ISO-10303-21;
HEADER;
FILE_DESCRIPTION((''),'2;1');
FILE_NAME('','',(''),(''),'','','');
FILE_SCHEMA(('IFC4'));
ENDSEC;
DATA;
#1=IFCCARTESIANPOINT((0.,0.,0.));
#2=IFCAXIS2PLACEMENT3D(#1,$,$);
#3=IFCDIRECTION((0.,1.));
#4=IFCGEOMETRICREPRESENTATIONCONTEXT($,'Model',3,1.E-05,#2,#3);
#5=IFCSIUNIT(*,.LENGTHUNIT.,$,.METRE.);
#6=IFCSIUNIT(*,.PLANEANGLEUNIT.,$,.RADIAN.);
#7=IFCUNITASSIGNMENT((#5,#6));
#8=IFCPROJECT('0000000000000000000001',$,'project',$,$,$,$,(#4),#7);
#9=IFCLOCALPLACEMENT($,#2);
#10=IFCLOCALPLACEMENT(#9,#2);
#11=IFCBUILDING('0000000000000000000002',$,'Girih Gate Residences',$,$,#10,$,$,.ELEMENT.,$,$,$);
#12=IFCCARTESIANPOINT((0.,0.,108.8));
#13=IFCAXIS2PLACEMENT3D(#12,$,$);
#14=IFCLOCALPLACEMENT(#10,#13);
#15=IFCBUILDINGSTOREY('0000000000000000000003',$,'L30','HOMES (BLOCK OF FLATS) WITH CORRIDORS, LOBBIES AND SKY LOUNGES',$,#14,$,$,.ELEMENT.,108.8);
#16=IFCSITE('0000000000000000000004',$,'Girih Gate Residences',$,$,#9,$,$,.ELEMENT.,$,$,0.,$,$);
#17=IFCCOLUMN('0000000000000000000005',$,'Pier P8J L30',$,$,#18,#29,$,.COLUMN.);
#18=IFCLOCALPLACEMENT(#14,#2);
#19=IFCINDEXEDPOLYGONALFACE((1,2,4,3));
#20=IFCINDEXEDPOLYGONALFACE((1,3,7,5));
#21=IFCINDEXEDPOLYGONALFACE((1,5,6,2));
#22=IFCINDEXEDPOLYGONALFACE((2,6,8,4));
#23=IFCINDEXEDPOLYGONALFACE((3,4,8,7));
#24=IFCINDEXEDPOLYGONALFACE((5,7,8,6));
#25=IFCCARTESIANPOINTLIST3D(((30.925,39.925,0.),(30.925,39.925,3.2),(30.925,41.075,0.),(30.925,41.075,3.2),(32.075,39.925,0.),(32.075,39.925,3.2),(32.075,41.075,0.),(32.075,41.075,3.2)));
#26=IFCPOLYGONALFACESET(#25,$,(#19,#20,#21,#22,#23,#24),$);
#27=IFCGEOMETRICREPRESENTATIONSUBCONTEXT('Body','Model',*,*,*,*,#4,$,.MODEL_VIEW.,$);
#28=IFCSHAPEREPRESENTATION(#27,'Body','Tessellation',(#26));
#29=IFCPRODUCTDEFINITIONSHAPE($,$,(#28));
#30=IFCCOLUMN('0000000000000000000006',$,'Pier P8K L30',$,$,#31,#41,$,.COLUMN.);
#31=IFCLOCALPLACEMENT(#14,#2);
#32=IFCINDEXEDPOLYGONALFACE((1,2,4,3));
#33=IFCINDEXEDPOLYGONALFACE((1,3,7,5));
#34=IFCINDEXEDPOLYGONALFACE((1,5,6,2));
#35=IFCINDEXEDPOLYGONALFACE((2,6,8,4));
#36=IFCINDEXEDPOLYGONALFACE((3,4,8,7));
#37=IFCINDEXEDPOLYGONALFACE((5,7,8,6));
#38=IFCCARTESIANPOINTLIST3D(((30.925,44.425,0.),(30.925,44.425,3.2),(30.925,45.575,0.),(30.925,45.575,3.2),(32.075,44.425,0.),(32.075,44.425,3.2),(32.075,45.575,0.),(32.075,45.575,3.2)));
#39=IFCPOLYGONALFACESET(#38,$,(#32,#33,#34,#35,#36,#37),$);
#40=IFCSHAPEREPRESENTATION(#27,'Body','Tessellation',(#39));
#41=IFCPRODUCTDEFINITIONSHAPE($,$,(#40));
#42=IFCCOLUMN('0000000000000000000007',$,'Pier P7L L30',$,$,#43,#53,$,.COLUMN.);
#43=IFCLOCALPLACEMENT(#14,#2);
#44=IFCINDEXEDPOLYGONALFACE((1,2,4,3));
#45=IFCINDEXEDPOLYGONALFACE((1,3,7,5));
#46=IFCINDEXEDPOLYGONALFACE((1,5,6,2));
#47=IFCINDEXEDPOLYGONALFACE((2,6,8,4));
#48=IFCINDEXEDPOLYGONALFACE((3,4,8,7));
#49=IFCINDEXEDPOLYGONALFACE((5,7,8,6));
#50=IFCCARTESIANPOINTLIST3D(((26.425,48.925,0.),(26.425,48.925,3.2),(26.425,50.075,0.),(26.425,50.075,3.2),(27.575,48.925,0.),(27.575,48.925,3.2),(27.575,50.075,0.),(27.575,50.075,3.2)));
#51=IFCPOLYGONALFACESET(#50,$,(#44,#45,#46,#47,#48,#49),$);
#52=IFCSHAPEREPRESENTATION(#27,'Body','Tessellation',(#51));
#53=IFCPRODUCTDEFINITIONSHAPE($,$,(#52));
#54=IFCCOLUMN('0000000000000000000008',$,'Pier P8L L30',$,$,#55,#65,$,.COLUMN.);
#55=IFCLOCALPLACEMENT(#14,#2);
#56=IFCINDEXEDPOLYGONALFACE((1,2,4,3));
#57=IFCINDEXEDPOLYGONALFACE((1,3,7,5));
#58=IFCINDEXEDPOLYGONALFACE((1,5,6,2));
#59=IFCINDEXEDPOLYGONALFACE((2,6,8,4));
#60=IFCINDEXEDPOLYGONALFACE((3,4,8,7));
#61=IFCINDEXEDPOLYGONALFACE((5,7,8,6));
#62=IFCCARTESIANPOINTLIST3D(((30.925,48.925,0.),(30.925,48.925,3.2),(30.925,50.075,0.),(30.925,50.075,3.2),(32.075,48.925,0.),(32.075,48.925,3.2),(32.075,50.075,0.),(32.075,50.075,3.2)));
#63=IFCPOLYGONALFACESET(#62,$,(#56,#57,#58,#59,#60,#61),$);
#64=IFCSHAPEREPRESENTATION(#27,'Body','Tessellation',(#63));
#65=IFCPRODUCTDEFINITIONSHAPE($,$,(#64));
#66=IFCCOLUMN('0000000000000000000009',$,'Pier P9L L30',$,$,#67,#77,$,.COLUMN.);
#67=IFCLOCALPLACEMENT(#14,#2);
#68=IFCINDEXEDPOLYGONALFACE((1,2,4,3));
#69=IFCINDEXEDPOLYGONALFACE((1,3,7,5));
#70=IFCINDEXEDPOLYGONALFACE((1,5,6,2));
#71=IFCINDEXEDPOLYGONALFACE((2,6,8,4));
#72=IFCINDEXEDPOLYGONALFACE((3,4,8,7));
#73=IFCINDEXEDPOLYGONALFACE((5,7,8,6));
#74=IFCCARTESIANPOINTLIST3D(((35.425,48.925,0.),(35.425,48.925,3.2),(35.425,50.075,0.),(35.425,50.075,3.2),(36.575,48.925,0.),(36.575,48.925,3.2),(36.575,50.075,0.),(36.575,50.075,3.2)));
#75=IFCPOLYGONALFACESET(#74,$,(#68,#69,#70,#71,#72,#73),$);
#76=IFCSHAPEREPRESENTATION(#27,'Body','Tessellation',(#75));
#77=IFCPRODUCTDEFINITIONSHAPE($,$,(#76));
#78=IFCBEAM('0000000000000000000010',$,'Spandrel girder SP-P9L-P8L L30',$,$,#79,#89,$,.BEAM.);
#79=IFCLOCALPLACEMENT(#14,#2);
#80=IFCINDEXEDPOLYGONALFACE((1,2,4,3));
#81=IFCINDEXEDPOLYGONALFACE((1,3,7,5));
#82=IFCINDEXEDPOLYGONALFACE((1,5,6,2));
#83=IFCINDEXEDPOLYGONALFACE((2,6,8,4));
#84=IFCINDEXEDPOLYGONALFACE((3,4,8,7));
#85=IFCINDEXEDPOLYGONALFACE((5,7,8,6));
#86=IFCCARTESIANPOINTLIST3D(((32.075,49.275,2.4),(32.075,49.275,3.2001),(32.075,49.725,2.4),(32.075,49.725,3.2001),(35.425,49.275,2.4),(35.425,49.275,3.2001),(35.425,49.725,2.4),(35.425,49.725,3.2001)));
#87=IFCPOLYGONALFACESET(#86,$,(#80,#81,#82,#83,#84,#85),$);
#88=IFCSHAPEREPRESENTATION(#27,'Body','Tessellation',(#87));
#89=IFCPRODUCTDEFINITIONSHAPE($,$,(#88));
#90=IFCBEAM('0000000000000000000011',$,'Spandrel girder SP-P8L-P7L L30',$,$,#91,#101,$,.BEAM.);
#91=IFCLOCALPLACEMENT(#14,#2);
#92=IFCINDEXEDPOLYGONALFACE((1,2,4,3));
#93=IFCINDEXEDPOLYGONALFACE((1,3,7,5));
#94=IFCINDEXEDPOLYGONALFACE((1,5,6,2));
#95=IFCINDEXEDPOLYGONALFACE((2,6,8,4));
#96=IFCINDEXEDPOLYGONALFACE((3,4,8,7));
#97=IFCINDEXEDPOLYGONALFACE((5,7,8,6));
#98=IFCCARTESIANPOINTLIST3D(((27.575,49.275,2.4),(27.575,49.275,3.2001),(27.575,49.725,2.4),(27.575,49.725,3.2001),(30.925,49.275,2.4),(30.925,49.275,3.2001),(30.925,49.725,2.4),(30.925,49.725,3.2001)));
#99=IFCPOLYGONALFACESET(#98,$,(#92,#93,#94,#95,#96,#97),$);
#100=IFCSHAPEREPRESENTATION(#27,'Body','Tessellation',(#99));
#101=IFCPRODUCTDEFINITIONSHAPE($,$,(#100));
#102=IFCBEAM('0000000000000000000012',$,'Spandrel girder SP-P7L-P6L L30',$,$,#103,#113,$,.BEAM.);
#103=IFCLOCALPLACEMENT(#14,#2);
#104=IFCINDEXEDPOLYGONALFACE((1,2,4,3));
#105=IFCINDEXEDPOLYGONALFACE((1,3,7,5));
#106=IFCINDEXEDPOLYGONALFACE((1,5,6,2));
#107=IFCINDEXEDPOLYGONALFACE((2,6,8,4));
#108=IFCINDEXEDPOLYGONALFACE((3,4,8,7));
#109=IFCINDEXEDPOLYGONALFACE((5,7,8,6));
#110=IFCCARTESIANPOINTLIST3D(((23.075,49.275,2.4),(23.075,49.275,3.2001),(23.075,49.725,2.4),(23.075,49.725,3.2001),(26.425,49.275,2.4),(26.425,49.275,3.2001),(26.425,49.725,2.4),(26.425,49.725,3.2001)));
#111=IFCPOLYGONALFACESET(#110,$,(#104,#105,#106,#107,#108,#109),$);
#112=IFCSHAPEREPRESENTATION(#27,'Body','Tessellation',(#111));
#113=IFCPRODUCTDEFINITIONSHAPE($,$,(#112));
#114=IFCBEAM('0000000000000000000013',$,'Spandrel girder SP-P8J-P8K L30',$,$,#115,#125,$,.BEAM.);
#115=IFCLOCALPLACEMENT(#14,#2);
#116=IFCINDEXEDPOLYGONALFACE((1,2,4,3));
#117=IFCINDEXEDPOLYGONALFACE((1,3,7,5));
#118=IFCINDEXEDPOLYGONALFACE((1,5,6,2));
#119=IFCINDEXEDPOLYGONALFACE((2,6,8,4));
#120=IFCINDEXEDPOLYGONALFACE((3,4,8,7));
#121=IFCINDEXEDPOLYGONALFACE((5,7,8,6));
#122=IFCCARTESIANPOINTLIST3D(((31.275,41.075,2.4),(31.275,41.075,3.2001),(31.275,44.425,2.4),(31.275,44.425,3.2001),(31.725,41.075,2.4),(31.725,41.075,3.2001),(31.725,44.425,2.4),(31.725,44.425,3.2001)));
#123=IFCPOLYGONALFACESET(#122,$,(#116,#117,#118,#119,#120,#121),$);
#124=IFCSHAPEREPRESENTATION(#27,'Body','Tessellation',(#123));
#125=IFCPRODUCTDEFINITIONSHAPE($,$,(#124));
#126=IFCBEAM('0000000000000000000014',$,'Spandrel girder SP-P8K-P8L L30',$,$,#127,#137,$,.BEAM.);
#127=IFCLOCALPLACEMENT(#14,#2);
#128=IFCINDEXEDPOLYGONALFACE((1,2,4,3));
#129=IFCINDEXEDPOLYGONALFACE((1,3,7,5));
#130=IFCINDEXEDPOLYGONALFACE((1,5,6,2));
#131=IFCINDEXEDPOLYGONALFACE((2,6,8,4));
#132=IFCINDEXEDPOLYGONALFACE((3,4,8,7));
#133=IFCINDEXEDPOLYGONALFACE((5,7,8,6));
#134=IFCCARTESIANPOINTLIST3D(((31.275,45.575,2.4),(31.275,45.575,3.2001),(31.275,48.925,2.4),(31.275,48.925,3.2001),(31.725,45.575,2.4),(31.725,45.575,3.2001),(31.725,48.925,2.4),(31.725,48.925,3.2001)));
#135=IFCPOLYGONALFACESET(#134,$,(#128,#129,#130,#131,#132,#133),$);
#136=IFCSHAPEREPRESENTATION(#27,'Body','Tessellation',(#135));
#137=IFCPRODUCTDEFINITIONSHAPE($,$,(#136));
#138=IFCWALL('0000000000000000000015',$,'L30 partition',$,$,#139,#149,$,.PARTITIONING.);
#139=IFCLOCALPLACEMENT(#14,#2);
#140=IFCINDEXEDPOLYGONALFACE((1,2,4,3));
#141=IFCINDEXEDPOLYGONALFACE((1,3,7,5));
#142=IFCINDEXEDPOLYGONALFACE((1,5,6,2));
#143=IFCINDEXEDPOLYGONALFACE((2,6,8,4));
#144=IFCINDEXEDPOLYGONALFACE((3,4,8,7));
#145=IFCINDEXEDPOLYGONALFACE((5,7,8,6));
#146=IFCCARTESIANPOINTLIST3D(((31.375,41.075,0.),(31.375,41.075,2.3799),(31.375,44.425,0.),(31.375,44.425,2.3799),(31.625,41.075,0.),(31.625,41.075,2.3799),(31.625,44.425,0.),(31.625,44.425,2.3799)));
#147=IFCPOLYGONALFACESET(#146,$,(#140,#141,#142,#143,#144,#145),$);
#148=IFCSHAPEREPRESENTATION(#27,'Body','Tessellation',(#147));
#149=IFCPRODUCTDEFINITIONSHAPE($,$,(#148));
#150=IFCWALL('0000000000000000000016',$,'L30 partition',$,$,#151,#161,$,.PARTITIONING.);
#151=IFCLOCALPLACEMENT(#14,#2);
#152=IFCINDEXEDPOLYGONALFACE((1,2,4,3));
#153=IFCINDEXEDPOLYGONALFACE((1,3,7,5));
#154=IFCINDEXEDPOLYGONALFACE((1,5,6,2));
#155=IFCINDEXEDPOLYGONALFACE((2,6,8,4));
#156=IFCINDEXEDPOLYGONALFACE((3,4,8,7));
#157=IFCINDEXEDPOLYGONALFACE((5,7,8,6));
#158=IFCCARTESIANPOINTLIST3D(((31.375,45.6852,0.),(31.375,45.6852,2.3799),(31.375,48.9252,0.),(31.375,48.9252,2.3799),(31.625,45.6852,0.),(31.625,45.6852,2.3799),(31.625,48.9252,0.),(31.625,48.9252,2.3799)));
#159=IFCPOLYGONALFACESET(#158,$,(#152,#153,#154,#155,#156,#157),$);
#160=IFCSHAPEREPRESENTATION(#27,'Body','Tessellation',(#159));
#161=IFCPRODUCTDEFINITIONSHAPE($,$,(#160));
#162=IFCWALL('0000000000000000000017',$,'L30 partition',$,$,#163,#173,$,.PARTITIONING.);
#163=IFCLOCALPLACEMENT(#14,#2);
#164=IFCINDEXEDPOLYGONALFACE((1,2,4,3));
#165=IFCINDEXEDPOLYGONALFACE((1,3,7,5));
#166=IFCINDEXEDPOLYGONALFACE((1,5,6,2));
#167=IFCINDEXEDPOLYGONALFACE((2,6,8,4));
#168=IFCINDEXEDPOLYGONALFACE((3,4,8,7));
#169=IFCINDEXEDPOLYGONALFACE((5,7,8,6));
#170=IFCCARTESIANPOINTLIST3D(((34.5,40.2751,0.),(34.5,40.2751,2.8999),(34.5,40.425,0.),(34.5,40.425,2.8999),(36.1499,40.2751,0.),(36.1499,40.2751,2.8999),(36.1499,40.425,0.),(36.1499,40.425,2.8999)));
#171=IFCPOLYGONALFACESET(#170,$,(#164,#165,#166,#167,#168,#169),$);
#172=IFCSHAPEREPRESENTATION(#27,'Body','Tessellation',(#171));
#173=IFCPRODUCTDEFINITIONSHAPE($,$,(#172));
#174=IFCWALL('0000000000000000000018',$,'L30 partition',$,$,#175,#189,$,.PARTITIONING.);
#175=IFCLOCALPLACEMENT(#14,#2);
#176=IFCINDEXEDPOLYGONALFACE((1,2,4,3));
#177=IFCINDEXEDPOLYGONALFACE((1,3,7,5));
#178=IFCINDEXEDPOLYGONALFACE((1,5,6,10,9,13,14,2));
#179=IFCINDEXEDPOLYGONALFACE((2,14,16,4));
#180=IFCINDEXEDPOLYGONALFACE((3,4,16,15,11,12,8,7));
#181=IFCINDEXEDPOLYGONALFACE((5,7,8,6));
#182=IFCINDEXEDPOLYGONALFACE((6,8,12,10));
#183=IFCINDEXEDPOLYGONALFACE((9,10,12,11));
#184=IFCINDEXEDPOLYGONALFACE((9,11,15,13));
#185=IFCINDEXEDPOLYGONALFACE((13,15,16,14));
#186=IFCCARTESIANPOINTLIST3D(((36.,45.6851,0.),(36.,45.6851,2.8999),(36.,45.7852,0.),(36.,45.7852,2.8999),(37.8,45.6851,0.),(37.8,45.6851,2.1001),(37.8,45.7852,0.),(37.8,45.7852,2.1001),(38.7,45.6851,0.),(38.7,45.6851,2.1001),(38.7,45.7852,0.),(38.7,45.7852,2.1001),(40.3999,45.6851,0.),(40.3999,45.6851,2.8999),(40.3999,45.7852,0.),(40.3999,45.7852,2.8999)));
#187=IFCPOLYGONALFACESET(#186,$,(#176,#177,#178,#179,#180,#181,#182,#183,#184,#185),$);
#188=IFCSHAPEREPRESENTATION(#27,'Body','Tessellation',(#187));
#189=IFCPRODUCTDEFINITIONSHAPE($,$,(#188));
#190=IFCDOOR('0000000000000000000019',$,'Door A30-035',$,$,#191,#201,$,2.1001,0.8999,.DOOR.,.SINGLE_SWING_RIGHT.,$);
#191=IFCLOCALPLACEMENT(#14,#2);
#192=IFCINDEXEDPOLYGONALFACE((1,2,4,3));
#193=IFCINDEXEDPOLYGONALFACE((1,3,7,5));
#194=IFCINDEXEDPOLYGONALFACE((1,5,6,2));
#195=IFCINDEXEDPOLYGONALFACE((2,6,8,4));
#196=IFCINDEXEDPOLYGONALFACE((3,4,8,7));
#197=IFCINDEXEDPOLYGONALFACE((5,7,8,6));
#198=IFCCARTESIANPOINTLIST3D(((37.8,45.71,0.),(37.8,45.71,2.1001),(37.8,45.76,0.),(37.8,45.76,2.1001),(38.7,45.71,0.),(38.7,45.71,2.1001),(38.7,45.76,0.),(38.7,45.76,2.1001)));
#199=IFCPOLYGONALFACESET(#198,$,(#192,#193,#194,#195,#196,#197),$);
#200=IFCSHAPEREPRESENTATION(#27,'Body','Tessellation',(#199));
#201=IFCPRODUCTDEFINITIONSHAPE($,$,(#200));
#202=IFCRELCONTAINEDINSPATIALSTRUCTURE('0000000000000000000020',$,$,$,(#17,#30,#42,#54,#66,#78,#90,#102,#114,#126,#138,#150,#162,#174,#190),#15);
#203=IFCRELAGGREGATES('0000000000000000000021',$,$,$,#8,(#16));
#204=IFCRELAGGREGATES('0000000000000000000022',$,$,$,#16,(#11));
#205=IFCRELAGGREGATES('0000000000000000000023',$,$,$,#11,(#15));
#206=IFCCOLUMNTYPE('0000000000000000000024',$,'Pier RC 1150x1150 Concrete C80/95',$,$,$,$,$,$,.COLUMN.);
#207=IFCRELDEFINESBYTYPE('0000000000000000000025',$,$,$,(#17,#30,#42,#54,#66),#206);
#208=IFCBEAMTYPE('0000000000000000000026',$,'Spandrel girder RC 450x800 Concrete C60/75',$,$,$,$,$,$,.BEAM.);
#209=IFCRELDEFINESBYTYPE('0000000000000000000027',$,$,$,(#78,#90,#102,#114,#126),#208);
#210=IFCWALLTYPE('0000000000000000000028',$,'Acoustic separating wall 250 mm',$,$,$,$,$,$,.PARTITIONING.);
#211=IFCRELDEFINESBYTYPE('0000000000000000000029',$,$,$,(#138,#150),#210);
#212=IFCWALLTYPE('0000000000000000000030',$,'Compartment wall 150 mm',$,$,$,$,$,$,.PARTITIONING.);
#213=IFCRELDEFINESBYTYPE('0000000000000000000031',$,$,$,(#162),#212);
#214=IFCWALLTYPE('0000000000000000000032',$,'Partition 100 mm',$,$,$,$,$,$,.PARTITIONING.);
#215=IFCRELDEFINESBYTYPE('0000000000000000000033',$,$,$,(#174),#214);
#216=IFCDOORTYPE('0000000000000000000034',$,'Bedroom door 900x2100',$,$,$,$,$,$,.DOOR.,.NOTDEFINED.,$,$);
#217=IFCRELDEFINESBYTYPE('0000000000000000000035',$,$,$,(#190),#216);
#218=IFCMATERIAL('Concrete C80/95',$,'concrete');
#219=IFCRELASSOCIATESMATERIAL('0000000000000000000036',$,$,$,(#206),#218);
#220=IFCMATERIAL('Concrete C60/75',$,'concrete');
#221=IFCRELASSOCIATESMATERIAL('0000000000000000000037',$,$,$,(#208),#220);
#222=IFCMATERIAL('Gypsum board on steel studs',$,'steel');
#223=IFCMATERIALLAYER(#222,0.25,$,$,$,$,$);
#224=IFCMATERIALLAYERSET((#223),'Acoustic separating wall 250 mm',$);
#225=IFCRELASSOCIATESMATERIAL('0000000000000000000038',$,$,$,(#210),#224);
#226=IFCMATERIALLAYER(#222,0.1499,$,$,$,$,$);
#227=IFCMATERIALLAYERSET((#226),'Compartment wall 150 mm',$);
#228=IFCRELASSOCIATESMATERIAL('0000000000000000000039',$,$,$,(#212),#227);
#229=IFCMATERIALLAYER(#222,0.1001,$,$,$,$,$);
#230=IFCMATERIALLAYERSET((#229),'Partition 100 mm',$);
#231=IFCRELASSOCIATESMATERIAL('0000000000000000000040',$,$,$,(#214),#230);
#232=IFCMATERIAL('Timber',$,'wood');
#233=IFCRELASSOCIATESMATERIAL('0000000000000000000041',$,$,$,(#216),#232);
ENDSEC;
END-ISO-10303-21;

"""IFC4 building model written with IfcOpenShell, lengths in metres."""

from ifc_helpers import new_model, si_unit, direction, frame, frame_2d, origin, origin_2d, place, context, subcontext, project, spatial, rectangle, extrude, material, layer, layer_set, material_profile, profile_set, type_object, element, fill, save


model = new_model("IFC4")

# Units and contexts
model_context = context("Model", 3, precision=1e-05, world=origin(), true_north=direction((0.0, 1.0)))
body_context = subcontext(model_context, "Body", "Model", "MODEL_VIEW")
ifc_project = project(units=[si_unit("LENGTHUNIT", "METRE"), si_unit("PLANEANGLEUNIT", "RADIAN")], contexts=[model_context])

# Site, building, storey
site_placement = place(None, origin())
site = spatial("IfcSite", under=ifc_project, at=site_placement, Name="Girih Gate Residences", CompositionType="ELEMENT", RefElevation=0.0)
building_placement = place(site_placement, origin())
building = spatial("IfcBuilding", under=site, at=building_placement, Name="Girih Gate Residences", CompositionType="ELEMENT")
storey_placement = place(building_placement, frame((0.0, 0.0, 108.8)))
storey = spatial("IfcBuildingStorey", under=building, at=storey_placement, Name="L30", Description="HOMES (BLOCK OF FLATS) WITH CORRIDORS, LOBBIES AND SKY LOUNGES", CompositionType="ELEMENT", Elevation=108.8)

# Columns
ifc_material_1 = material(Name="Concrete C80/95", Category="concrete")
ifc_material_profile_1 = material_profile(ifc_material_1, rectangle(XDim=1.1499, YDim=1.1499, at=origin_2d()))
ifc_profile_set_1 = profile_set([ifc_material_profile_1], Name="Concrete C80/95")
column_type = type_object("IfcColumnType", Name="Pier RC 1150x1150 Concrete C80/95", PredefinedType="COLUMN", material=ifc_profile_set_1)
for number, where, z_axis, x_axis, name in (
    (1, (31.5, 40.5, 0.0), (0.0, 0.0, 1.0), (1.0, 0.0, 0.0), "Pier P8J L30"),
    (2, (31.5, 45.0, 0.0), (0.0, 0.0, 1.0), (1.0, 0.0, 0.0), "Pier P8K L30"),
    (3, (27.0, 49.5, 0.0), (0.0, 0.0, 1.0), (1.0, 0.0, 0.0), "Pier P7L L30"),
    (4, (31.5, 49.5, 0.0), (0.0, 0.0, 1.0), (1.0, 0.0, 0.0), "Pier P8L L30"),
    (5, (36.0, 49.5, 0.0), (0.0, 0.0, 1.0), (1.0, 0.0, 0.0), "Pier P9L L30"),
):
    element("IfcColumn", number, at=place(storey_placement, frame(where, z_axis=z_axis, x_axis=x_axis)), inside=storey, type_object=column_type, Name=name, PredefinedType="COLUMN", context=body_context, shape_type="SweptSolid", body=[
        extrude(rectangle(XDim=1.1499, YDim=1.1499, at=origin_2d()), origin(), (0.0, 0.0, 1.0), 3.2),
    ])

# Beams
ifc_material_2 = material(Name="Concrete C60/75", Category="concrete")
ifc_material_profile_2 = material_profile(ifc_material_2, rectangle(XDim=0.45, YDim=0.8, at=origin_2d()))
ifc_profile_set_2 = profile_set([ifc_material_profile_2], Name="Concrete C60/75")
beam_type = type_object("IfcBeamType", Name="Spandrel girder RC 450x800 Concrete C60/75", PredefinedType="BEAM", material=ifc_profile_set_2)
for number, where, z_axis, x_axis, name in (
    (6, (35.425, 49.5, 2.8), (-1.0, 0.0, 0.0), (0.0, -1.0, 0.0), "Spandrel girder SP-P9L-P8L L30"),
    (7, (30.925, 49.5, 2.8), (-1.0, 0.0, 0.0), (0.0, -1.0, 0.0), "Spandrel girder SP-P8L-P7L L30"),
    (8, (26.425, 49.5, 2.8), (-1.0, 0.0, 0.0), (0.0, -1.0, 0.0), "Spandrel girder SP-P7L-P6L L30"),
    (9, (31.5, 41.075, 2.8), (0.0, 1.0, 0.0), (-1.0, 0.0, 0.0), "Spandrel girder SP-P8J-P8K L30"),
    (10, (31.5, 45.575, 2.8), (0.0, 1.0, 0.0), (-1.0, 0.0, 0.0), "Spandrel girder SP-P8K-P8L L30"),
):
    element("IfcBeam", number, at=place(storey_placement, frame(where, z_axis=z_axis, x_axis=x_axis)), inside=storey, type_object=beam_type, Name=name, PredefinedType="BEAM", context=body_context, shape_type="SweptSolid", body=[
        extrude(rectangle(XDim=0.45, YDim=0.8, at=origin_2d()), origin(), (0.0, 0.0, 1.0), 3.3501),
    ])

# Walls
ifc_material_3 = material(Name="Gypsum board on steel studs", Category="steel")
ifc_layer_1 = layer(ifc_material_3, 0.25)
ifc_layer_set_1 = layer_set([ifc_layer_1], Name="Acoustic separating wall 250 mm")
wall_type_1 = type_object("IfcWallType", Name="Acoustic separating wall 250 mm", PredefinedType="PARTITIONING", material=ifc_layer_set_1)
wall_1_placement = place(storey_placement, frame((31.5, 41.075, 0.0), z_axis=(0.0, 0.0, 1.0), x_axis=(0.0, 1.0, 0.0)))
element("IfcWall", 11, at=wall_1_placement, inside=storey, type_object=wall_type_1, Name="L30 partition", PredefinedType="PARTITIONING", context=body_context, shape_type="SweptSolid", body=[
    extrude(rectangle(XDim=3.3501, YDim=0.25, at=frame_2d((1.675, 0.0))), origin(), (0.0, 0.0, 1.0), 2.3799),
])
wall_2_placement = place(storey_placement, frame((31.5, 45.6851, 0.0), z_axis=(0.0, 0.0, 1.0), x_axis=(0.0, 1.0, 0.0)))
element("IfcWall", 12, at=wall_2_placement, inside=storey, type_object=wall_type_1, Name="L30 partition", PredefinedType="PARTITIONING", context=body_context, shape_type="SweptSolid", body=[
    extrude(rectangle(XDim=3.24, YDim=0.25, at=frame_2d((1.6201, 0.0))), origin(), (0.0, 0.0, 1.0), 2.3799),
])
ifc_layer_2 = layer(ifc_material_3, 0.1499)
ifc_layer_set_2 = layer_set([ifc_layer_2], Name="Compartment wall 150 mm")
wall_type_2 = type_object("IfcWallType", Name="Compartment wall 150 mm", PredefinedType="PARTITIONING", material=ifc_layer_set_2)
wall_3_placement = place(storey_placement, frame((34.5, 40.3501, 0.0), z_axis=(0.0, 0.0, 1.0), x_axis=(1.0, 0.0, 0.0)))
element("IfcWall", 13, at=wall_3_placement, inside=storey, type_object=wall_type_2, Name="L30 partition", PredefinedType="PARTITIONING", context=body_context, shape_type="SweptSolid", body=[
    extrude(rectangle(XDim=1.6499, YDim=0.1499, at=frame_2d((0.825, 0.0))), origin(), (0.0, 0.0, 1.0), 2.8999),
])

# Wall, opening, door
ifc_layer_3 = layer(ifc_material_3, 0.1001)
ifc_layer_set_3 = layer_set([ifc_layer_3], Name="Partition 100 mm")
wall_type_3 = type_object("IfcWallType", Name="Partition 100 mm", PredefinedType="PARTITIONING", material=ifc_layer_set_3)
wall_4_placement = place(storey_placement, frame((36.0, 45.7351, 0.0), z_axis=(0.0, 0.0, 1.0), x_axis=(1.0, 0.0, 0.0)))
wall_4 = element("IfcWall", 14, at=wall_4_placement, inside=storey, type_object=wall_type_3, Name="L30 partition", PredefinedType="PARTITIONING", context=body_context, shape_type="SweptSolid", body=[
    extrude(rectangle(XDim=4.3999, YDim=0.1001, at=frame_2d((2.2, 0.0))), origin(), (0.0, 0.0, 1.0), 2.8999),
])
opening_1_placement = place(wall_4_placement, frame((1.8, 0.0, 0.0)))
opening_1 = element("IfcOpeningElement", 15, at=opening_1_placement, cuts=wall_4, PredefinedType="OPENING", context=body_context, shape_type="SweptSolid", body=[
    extrude(rectangle(XDim=0.8999, YDim=2.1001, at=frame_2d((0.45, 1.05))), frame((0.0, 0.0601, 0.0), z_axis=(0.0, -1.0, 0.0), x_axis=(1.0, 0.0, 0.0)), (0.0, 0.0, 1.0), 0.1201),
])
ifc_material_4 = material(Name="Timber", Category="wood")
door_type_1 = type_object("IfcDoorType", Name="Bedroom door 900x2100", OperationType="NOTDEFINED", PredefinedType="DOOR", material=ifc_material_4)
door_1_placement = place(opening_1_placement, origin())
door_1 = element("IfcDoor", 16, at=door_1_placement, inside=storey, type_object=door_type_1, Name="Door A30-035", OperationType="SINGLE_SWING_RIGHT", OverallHeight=2.1001, OverallWidth=0.8999, PredefinedType="DOOR", context=body_context, shape_type="SweptSolid", body=[
    extrude(rectangle(XDim=0.8999, YDim=2.1001, at=frame_2d((0.45, 1.05))), frame((0.0, 0.0249, 0.0), z_axis=(0.0, -1.0, 0.0), x_axis=(1.0, 0.0, 0.0)), (0.0, 0.0, 1.0), 0.05),
])
fill(opening_1, door_1)

save(model, "model.ifc")
